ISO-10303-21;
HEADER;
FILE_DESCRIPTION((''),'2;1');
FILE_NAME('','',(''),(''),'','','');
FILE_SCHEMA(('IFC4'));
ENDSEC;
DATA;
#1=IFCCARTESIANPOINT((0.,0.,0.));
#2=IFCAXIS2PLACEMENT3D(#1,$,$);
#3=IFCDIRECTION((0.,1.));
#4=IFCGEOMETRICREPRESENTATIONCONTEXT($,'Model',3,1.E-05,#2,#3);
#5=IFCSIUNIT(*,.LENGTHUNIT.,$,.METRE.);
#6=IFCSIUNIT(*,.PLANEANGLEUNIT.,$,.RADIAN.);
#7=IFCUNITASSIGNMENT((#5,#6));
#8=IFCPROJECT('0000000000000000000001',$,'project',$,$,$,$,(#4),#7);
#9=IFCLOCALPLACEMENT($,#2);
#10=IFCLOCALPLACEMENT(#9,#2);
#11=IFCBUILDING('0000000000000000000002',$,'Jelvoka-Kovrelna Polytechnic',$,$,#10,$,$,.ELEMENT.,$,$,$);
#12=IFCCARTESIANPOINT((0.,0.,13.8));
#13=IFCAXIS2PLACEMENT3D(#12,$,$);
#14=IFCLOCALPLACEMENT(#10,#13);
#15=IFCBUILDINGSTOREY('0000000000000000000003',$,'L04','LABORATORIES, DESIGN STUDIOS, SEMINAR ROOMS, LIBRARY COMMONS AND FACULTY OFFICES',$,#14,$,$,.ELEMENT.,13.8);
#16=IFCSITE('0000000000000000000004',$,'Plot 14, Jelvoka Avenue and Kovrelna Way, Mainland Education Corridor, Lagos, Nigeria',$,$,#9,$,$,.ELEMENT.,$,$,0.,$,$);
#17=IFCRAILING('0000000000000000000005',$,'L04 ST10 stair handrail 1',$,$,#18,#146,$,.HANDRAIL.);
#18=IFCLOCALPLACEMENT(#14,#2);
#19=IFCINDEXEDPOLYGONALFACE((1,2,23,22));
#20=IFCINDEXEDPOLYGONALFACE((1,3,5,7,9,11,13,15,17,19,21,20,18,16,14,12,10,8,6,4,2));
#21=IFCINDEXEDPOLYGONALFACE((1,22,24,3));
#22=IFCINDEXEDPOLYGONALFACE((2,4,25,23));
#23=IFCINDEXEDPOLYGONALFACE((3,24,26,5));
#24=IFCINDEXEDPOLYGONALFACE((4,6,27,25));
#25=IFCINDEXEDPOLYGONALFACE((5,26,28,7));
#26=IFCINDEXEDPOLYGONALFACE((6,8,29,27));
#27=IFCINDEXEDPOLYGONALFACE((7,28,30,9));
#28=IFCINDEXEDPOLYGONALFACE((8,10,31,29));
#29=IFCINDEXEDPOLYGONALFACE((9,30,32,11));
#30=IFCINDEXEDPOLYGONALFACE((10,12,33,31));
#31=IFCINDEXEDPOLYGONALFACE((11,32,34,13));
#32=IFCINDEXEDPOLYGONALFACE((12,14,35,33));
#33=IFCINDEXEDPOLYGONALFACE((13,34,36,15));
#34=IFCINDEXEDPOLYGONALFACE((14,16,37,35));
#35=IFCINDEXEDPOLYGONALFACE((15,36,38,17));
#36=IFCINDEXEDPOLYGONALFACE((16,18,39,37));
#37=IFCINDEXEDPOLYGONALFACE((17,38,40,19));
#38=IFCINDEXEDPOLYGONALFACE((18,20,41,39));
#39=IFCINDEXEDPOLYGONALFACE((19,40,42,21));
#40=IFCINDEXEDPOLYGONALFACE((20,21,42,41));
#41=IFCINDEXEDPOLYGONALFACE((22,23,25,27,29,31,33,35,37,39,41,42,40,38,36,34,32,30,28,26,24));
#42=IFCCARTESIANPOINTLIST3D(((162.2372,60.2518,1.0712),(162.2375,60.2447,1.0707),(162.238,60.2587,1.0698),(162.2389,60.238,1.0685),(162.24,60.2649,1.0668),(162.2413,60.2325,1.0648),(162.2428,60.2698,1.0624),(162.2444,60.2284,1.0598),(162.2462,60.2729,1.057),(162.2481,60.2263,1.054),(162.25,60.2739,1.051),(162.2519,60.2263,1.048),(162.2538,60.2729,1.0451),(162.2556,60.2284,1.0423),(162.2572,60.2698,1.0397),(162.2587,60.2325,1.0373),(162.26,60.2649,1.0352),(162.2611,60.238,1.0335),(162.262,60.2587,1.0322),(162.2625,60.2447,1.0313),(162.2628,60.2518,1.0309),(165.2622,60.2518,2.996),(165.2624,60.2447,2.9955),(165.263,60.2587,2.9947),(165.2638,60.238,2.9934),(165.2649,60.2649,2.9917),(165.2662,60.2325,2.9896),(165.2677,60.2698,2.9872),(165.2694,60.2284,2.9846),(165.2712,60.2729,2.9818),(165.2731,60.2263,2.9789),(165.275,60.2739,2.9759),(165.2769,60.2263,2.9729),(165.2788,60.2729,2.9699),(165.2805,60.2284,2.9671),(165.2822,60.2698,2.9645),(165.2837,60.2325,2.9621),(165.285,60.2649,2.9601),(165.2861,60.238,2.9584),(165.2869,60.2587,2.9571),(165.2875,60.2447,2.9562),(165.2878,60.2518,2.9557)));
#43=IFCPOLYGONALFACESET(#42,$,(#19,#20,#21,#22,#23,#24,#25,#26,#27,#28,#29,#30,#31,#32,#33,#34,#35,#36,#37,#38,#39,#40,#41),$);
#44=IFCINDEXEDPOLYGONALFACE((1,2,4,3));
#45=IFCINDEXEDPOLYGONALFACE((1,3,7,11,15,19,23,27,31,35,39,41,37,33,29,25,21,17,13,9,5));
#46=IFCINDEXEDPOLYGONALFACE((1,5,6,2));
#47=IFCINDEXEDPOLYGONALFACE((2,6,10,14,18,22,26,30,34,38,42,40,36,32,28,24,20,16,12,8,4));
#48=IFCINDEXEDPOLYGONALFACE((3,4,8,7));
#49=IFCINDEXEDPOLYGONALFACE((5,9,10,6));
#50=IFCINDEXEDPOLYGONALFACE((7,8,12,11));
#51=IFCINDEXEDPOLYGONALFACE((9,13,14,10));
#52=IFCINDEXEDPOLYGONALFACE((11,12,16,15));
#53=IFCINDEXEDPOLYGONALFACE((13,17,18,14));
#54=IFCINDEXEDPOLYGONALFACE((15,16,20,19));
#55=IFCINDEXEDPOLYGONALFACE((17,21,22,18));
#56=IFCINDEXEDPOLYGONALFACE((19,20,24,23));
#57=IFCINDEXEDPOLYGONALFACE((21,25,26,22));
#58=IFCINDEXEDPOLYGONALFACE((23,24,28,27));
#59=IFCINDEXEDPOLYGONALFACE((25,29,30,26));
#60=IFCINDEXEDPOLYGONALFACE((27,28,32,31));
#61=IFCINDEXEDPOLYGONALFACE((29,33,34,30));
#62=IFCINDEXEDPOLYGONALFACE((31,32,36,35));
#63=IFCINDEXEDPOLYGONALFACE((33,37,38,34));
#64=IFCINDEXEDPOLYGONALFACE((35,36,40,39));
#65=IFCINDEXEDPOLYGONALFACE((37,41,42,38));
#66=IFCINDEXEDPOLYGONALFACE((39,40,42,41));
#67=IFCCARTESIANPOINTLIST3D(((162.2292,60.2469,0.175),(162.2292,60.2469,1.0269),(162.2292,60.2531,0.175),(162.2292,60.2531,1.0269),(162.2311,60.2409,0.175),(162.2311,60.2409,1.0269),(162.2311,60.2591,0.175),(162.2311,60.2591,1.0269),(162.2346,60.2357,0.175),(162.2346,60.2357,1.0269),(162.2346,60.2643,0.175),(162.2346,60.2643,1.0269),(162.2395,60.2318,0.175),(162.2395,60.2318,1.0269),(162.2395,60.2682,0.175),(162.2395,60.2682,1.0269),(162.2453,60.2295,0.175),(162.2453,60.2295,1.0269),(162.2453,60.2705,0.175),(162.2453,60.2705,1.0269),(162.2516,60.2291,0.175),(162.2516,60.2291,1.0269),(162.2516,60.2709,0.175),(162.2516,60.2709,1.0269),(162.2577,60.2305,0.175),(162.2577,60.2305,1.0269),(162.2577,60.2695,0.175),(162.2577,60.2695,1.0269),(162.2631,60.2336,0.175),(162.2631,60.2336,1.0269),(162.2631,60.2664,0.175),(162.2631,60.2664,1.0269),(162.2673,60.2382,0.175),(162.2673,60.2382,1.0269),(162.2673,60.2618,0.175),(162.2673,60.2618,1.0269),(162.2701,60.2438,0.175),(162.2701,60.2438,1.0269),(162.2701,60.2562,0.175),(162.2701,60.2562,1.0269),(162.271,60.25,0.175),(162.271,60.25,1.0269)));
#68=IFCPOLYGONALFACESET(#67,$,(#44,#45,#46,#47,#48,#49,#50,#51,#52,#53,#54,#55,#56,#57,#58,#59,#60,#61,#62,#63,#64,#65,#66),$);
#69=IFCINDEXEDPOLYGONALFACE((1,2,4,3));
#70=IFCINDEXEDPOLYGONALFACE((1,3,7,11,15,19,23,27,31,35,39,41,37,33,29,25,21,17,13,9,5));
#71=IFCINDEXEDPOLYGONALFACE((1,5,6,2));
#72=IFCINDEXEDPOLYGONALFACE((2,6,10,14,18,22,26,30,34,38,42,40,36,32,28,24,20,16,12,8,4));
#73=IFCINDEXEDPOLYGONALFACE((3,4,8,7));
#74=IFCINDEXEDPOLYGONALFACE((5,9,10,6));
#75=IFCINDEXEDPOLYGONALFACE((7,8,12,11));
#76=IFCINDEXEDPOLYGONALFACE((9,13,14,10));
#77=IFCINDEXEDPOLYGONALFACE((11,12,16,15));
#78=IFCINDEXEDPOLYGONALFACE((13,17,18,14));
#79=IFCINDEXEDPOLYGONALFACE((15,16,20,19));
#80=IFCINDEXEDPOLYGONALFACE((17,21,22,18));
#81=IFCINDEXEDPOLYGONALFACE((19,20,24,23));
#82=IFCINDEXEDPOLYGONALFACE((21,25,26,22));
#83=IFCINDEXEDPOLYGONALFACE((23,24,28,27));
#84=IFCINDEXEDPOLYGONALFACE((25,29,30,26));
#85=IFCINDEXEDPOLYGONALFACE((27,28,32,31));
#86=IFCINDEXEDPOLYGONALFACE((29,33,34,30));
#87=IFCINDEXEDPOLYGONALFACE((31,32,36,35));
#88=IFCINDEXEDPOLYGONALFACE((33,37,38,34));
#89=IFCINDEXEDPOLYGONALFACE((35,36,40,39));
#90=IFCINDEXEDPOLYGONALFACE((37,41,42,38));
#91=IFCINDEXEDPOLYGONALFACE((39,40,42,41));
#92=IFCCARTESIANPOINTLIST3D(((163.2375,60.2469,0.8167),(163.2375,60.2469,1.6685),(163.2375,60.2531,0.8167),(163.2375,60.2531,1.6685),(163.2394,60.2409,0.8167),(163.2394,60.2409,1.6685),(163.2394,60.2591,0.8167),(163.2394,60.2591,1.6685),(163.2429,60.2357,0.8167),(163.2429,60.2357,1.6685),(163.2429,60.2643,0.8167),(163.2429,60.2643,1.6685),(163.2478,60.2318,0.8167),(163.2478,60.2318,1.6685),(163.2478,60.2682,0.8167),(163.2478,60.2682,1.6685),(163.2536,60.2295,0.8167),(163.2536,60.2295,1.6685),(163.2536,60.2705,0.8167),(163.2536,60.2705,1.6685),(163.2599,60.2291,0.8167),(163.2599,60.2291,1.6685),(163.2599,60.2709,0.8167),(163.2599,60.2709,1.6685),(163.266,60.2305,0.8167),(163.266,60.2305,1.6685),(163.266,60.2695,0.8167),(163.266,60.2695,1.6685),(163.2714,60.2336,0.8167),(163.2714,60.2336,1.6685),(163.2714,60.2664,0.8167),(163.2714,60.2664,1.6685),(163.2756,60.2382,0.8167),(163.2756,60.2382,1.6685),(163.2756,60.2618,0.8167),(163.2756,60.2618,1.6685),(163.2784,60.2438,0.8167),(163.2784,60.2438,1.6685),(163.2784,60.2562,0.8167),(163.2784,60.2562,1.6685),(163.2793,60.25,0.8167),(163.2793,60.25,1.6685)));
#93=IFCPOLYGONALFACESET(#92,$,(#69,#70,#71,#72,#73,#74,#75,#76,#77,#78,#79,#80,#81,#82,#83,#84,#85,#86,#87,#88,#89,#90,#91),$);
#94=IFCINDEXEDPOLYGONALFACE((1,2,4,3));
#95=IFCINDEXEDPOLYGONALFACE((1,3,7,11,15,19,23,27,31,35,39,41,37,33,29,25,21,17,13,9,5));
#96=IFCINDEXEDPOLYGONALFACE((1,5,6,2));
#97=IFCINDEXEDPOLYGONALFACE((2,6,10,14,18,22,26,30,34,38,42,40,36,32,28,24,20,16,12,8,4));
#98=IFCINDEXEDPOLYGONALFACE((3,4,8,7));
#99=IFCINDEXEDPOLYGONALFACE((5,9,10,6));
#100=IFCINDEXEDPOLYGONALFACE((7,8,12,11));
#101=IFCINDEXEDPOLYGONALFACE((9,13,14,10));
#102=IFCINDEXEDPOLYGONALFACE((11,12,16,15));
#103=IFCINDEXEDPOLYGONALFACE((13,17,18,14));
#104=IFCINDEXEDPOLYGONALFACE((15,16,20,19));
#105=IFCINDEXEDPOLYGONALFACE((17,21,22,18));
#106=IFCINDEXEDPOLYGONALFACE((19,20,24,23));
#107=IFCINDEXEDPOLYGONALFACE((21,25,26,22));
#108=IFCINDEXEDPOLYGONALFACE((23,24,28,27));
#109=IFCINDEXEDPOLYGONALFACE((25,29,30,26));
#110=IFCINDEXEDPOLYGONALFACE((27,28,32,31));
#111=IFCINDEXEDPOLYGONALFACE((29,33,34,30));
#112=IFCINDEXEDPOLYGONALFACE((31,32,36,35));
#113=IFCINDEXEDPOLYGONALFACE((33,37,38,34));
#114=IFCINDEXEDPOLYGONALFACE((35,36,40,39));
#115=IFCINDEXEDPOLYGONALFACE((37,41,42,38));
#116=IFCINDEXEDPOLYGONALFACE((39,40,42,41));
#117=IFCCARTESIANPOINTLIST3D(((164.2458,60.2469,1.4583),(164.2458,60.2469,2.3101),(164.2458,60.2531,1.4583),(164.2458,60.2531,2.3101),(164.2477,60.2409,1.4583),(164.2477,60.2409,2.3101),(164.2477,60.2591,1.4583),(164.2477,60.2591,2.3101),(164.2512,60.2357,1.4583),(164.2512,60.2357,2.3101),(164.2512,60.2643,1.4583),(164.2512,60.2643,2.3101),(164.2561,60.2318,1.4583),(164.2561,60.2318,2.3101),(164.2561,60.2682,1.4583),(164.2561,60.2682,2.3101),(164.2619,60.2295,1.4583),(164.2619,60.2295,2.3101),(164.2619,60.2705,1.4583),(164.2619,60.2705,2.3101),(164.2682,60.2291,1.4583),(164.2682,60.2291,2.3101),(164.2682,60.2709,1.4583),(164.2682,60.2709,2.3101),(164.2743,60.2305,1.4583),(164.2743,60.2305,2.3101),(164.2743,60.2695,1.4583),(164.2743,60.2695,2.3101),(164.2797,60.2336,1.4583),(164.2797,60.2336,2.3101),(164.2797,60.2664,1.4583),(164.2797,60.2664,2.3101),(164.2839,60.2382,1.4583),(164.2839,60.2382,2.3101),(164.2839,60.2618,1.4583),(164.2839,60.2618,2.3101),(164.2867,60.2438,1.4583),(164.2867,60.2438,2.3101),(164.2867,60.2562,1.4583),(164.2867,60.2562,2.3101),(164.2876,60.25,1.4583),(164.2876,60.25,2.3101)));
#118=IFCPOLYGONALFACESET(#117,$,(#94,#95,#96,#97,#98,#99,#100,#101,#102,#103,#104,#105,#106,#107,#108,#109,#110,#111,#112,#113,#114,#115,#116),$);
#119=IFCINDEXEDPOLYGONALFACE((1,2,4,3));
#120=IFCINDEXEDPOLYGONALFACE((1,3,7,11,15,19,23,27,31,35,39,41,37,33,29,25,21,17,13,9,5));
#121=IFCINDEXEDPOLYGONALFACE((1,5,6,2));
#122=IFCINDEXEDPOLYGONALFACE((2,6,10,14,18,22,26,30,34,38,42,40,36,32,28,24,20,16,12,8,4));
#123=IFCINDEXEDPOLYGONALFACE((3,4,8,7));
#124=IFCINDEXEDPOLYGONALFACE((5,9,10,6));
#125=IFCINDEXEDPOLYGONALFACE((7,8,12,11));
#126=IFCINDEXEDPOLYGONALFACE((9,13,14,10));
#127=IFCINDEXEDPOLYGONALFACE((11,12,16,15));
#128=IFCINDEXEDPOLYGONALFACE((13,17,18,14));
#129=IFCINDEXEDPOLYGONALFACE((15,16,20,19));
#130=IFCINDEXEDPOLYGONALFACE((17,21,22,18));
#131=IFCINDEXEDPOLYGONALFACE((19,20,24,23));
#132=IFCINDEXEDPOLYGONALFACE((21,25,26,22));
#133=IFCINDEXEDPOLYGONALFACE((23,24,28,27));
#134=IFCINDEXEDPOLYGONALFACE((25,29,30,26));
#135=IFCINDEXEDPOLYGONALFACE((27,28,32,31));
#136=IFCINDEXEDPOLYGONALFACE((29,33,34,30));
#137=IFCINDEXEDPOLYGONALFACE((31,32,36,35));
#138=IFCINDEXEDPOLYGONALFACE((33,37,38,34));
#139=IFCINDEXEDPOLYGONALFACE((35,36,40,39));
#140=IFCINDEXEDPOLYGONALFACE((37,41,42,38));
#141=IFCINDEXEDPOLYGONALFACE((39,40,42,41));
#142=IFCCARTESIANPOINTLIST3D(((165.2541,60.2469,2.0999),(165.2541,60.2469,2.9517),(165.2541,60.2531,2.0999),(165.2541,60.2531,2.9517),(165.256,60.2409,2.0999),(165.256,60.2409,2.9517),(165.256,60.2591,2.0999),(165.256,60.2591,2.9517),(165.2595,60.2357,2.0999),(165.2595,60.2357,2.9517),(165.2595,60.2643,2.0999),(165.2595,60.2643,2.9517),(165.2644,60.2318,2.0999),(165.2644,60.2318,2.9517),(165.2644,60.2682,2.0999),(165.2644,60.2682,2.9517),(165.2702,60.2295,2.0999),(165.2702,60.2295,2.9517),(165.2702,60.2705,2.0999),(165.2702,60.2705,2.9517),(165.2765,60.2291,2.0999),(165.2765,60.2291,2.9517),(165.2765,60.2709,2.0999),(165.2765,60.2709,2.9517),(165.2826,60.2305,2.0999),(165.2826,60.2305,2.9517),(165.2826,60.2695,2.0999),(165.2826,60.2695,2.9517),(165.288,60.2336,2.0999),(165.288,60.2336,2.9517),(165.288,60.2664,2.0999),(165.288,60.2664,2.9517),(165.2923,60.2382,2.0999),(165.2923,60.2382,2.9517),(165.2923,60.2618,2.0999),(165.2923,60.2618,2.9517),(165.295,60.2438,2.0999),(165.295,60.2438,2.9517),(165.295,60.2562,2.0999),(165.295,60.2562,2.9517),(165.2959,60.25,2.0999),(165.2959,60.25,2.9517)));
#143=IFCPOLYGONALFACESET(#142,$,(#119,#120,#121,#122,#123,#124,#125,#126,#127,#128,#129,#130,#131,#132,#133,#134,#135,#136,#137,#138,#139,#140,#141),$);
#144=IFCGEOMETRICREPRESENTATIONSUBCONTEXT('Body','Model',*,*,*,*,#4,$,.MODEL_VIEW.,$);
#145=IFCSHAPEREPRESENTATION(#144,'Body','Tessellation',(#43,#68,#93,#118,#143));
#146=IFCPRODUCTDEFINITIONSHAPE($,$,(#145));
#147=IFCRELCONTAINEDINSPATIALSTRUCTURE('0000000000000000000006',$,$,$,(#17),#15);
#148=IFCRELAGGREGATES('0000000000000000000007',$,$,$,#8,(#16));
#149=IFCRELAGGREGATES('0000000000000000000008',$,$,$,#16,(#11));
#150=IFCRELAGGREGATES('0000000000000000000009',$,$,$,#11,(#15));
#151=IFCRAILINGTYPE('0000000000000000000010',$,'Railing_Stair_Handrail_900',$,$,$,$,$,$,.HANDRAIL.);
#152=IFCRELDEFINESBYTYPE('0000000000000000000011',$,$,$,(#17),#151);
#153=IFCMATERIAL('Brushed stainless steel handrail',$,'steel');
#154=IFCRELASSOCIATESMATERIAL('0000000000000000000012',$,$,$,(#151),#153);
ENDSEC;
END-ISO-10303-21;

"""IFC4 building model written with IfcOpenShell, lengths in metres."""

from ifc_helpers import new_model, si_unit, direction, frame, origin, origin_2d, place, context, subcontext, project, spatial, circle, extrude, material, type_object, element, save


model = new_model("IFC4")

# Units and contexts
model_context = context("Model", 3, precision=1e-05, world=origin(), true_north=direction((0.0, 1.0)))
body_context = subcontext(model_context, "Body", "Model", "MODEL_VIEW")
ifc_project = project(units=[si_unit("LENGTHUNIT", "METRE"), si_unit("PLANEANGLEUNIT", "RADIAN")], contexts=[model_context])

# Site, building, storey
site_placement = place(None, origin())
site = spatial("IfcSite", under=ifc_project, at=site_placement, Name="Plot 14, Jelvoka Avenue and Kovrelna Way, Mainland Education Corridor, Lagos, Nigeria", CompositionType="ELEMENT", RefElevation=0.0)
building_placement = place(site_placement, origin())
building = spatial("IfcBuilding", under=site, at=building_placement, Name="Jelvoka-Kovrelna Polytechnic", CompositionType="ELEMENT")
storey_placement = place(building_placement, frame((0.0, 0.0, 13.8)))
storey = spatial("IfcBuildingStorey", under=building, at=storey_placement, Name="L04", Description="LABORATORIES, DESIGN STUDIOS, SEMINAR ROOMS, LIBRARY COMMONS AND FACULTY OFFICES", CompositionType="ELEMENT", Elevation=13.8)

# Railing
ifc_material_1 = material(Name="Brushed stainless steel handrail", Category="steel")
railing_type_1 = type_object("IfcRailingType", Name="Railing_Stair_Handrail_900", PredefinedType="HANDRAIL", material=ifc_material_1)
railing_1_placement = place(storey_placement, frame((162.25, 60.25, 0.175)))
element("IfcRailing", 1, at=railing_1_placement, inside=storey, type_object=railing_type_1, Name="L04 ST10 stair handrail 1", PredefinedType="HANDRAIL", context=body_context, shape_type="SweptSolid", body=[
    extrude(circle(Radius=0.0239, at=origin_2d()), frame((0.0, 0.0, 0.876), z_axis=(0.843678, 0.0, 0.536849), x_axis=(0.0, 1.0, 0.0)), (0.0, 0.0, 1.0), 3.5854),
    extrude(circle(Radius=0.021, at=origin_2d()), origin(), (0.0, 0.0, 1.0), 0.8518),
    extrude(circle(Radius=0.021, at=origin_2d()), frame((1.0083, 0.0, 0.6416)), (0.0, 0.0, 1.0), 0.8518),
    extrude(circle(Radius=0.021, at=origin_2d()), frame((2.0166, 0.0, 1.2832)), (0.0, 0.0, 1.0), 0.8518),
    extrude(circle(Radius=0.021, at=origin_2d()), frame((3.0249, 0.0, 1.9248)), (0.0, 0.0, 1.0), 0.8518),
])

save(model, "model.ifc")
